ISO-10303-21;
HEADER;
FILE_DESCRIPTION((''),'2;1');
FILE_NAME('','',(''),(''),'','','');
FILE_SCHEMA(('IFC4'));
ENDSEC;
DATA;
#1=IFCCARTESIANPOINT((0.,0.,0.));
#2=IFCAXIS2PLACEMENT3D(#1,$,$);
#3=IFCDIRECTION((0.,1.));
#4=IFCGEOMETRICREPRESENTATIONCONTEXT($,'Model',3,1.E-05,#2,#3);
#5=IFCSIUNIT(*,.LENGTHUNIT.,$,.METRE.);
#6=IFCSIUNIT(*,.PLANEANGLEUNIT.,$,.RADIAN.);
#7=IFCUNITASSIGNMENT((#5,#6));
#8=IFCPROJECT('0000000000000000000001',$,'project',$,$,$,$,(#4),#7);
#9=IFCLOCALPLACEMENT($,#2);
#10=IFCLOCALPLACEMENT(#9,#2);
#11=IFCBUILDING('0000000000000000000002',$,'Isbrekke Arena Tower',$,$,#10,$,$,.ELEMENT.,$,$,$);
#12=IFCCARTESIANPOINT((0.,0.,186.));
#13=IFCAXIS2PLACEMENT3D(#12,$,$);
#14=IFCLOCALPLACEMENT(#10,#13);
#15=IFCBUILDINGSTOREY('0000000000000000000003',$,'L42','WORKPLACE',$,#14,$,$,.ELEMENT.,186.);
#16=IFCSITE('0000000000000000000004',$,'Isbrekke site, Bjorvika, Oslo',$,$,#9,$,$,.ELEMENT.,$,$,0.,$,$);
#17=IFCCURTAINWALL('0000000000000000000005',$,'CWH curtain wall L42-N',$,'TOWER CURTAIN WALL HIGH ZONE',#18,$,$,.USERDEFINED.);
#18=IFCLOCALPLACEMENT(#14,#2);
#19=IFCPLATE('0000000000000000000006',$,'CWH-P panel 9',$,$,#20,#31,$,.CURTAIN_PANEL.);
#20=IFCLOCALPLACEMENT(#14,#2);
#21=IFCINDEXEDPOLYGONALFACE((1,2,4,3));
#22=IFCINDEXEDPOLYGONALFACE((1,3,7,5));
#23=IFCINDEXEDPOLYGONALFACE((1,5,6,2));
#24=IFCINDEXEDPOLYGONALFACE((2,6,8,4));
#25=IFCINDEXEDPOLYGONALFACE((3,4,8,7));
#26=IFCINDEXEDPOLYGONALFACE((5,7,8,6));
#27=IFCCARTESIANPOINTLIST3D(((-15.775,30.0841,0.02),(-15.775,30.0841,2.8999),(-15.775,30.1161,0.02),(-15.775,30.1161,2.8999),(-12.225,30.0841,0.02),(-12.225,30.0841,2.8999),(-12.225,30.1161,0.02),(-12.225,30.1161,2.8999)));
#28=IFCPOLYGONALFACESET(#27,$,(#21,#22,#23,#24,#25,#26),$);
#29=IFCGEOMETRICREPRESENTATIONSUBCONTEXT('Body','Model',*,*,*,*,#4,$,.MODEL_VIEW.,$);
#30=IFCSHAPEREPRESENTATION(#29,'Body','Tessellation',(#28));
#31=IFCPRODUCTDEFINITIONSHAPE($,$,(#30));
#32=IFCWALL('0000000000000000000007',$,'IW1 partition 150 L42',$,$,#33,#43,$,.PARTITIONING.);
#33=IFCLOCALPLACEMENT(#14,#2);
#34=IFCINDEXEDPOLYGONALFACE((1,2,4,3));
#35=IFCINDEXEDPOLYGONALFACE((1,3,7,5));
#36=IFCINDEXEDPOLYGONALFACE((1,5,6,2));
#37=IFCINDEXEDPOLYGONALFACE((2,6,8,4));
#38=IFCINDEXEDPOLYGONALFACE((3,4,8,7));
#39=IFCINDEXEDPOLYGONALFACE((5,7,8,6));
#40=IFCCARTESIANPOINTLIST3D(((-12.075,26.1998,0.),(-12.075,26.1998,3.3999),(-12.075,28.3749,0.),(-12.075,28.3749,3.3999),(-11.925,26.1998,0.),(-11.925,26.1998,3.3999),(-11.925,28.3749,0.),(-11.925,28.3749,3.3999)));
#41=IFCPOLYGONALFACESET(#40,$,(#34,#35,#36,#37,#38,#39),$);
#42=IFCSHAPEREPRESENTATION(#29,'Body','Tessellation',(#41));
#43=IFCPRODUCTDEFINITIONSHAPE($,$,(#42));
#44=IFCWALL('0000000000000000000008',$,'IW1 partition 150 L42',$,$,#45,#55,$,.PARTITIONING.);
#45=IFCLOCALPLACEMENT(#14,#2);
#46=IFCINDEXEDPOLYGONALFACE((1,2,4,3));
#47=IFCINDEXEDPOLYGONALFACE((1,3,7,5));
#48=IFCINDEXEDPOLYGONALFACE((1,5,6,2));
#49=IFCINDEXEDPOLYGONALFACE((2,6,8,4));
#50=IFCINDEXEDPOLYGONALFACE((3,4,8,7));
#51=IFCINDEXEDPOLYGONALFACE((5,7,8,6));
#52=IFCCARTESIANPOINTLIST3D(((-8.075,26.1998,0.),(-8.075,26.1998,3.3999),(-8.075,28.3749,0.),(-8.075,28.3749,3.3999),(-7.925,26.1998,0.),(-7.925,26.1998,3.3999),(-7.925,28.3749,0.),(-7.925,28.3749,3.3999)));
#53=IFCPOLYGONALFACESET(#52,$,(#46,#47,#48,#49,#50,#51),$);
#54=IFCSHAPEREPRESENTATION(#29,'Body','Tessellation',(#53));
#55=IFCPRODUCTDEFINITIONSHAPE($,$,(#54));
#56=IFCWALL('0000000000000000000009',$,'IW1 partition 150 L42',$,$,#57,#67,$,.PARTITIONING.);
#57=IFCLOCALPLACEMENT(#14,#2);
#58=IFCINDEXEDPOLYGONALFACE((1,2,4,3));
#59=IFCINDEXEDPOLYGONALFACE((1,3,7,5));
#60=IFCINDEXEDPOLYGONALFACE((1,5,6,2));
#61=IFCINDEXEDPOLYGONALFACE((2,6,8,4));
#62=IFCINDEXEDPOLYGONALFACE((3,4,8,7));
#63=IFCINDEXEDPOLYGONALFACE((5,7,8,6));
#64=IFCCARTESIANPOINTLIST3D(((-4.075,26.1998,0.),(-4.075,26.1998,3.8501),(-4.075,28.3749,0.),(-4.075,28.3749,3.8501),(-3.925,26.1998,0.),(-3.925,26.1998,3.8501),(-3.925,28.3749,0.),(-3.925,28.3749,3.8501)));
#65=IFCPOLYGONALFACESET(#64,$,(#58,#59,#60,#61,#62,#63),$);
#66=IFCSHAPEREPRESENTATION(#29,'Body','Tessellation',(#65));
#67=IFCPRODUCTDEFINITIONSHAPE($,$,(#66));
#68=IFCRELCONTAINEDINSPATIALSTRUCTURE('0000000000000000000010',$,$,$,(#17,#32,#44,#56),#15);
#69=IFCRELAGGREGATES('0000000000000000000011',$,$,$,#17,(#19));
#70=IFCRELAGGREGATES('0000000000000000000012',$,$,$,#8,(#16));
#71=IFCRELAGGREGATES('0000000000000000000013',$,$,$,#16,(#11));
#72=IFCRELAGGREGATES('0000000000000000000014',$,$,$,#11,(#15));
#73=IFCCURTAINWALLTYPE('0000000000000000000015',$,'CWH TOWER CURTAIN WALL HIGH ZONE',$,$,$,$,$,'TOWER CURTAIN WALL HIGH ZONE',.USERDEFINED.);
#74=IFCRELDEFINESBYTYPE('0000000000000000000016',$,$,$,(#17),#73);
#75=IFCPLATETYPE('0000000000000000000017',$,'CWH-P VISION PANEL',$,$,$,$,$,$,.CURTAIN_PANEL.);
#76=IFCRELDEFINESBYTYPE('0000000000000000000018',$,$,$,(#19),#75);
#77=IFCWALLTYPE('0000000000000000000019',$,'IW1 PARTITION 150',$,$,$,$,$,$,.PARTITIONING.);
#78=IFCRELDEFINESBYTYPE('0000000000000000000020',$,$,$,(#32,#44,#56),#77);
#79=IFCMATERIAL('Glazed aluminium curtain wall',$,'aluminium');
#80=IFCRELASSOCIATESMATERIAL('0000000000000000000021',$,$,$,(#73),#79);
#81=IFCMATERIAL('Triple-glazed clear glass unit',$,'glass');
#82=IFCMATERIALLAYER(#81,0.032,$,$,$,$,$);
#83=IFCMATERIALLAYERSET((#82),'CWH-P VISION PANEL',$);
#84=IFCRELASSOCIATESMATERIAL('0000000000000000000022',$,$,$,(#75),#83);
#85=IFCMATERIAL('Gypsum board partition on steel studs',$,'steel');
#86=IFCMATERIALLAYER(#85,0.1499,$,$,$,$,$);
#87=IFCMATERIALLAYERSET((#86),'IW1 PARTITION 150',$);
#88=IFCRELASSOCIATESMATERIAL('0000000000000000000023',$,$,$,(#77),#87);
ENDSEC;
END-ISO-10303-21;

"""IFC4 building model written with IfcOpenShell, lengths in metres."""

from ifc_helpers import new_model, si_unit, direction, frame, frame_2d, origin, origin_2d, place, context, subcontext, project, spatial, rectangle, extrude, material, layer, layer_set, type_object, element, aggregate, save


model = new_model("IFC4")

# Units and contexts
model_context = context("Model", 3, precision=1e-05, world=origin(), true_north=direction((0.0, 1.0)))
body_context = subcontext(model_context, "Body", "Model", "MODEL_VIEW")
ifc_project = project(units=[si_unit("LENGTHUNIT", "METRE"), si_unit("PLANEANGLEUNIT", "RADIAN")], contexts=[model_context])

# Site, building, storey
site_placement = place(None, origin())
site = spatial("IfcSite", under=ifc_project, at=site_placement, Name="Isbrekke site, Bjorvika, Oslo", CompositionType="ELEMENT", RefElevation=0.0)
building_placement = place(site_placement, origin())
building = spatial("IfcBuilding", under=site, at=building_placement, Name="Isbrekke Arena Tower", CompositionType="ELEMENT")
storey_placement = place(building_placement, frame((0.0, 0.0, 186.0)))
storey = spatial("IfcBuildingStorey", under=building, at=storey_placement, Name="L42", Description="WORKPLACE", CompositionType="ELEMENT", Elevation=186.0)

# Curtain wall
ifc_material_1 = material(Name="Glazed aluminium curtain wall", Category="aluminium")
curtain_wall_type = type_object("IfcCurtainWallType", Name="CWH TOWER CURTAIN WALL HIGH ZONE", ElementType="TOWER CURTAIN WALL HIGH ZONE", PredefinedType="USERDEFINED", material=ifc_material_1)
curtain_wall_placement = place(storey_placement, origin())
curtain_wall = element("IfcCurtainWall", 1, at=curtain_wall_placement, inside=storey, type_object=curtain_wall_type, Name="CWH curtain wall L42-N", ObjectType="TOWER CURTAIN WALL HIGH ZONE", PredefinedType="USERDEFINED")

# Plate
ifc_material_2 = material(Name="Triple-glazed clear glass unit", Category="glass")
ifc_layer_1 = layer(ifc_material_2, 0.032)
ifc_layer_set_1 = layer_set([ifc_layer_1], Name="CWH-P VISION PANEL")
plate_type = type_object("IfcPlateType", Name="CWH-P VISION PANEL", PredefinedType="CURTAIN_PANEL", material=ifc_layer_set_1)
plate_1_placement = place(storey_placement, frame((-14.0, 30.1001, 0.02), z_axis=(0.0, 0.0, 1.0), x_axis=(-1.0, 0.0, 0.0)))
plate_1 = element("IfcPlate", 2, at=plate_1_placement, type_object=plate_type, Name="CWH-P panel 9", PredefinedType="CURTAIN_PANEL", context=body_context, shape_type="SweptSolid", body=[
    extrude(rectangle(XDim=3.55, YDim=0.032, at=origin_2d()), origin(), (0.0, 0.0, 1.0), 2.8799),
])
aggregate(curtain_wall, [plate_1])

# Walls
ifc_material_3 = material(Name="Gypsum board partition on steel studs", Category="steel")
ifc_layer_2 = layer(ifc_material_3, 0.1499)
ifc_layer_set_2 = layer_set([ifc_layer_2], Name="IW1 PARTITION 150")
wall_type = type_object("IfcWallType", Name="IW1 PARTITION 150", PredefinedType="PARTITIONING", material=ifc_layer_set_2)
for number, where, z_axis, x_axis, name in (
    (3, (-12.0, 26.2, 0.0), (0.0, 0.0, 1.0), (0.0, 1.0, 0.0), "IW1 partition 150 L42"),
    (4, (-8.0, 26.2, 0.0), (0.0, 0.0, 1.0), (0.0, 1.0, 0.0), "IW1 partition 150 L42"),
):
    element("IfcWall", number, at=place(storey_placement, frame(where, z_axis=z_axis, x_axis=x_axis)), inside=storey, type_object=wall_type, Name=name, PredefinedType="PARTITIONING", context=body_context, shape_type="SweptSolid", body=[
        extrude(rectangle(XDim=2.175, YDim=0.1499, at=frame_2d((1.0874, 0.0))), origin(), (0.0, 0.0, 1.0), 3.3999),
    ])
wall_placement = place(storey_placement, frame((-4.0, 26.2, 0.0), z_axis=(0.0, 0.0, 1.0), x_axis=(0.0, 1.0, 0.0)))
element("IfcWall", 5, at=wall_placement, inside=storey, type_object=wall_type, Name="IW1 partition 150 L42", PredefinedType="PARTITIONING", context=body_context, shape_type="SweptSolid", body=[
    extrude(rectangle(XDim=2.175, YDim=0.1499, at=frame_2d((1.0874, 0.0))), origin(), (0.0, 0.0, 1.0), 3.8501),
])

save(model, "model.ifc")
